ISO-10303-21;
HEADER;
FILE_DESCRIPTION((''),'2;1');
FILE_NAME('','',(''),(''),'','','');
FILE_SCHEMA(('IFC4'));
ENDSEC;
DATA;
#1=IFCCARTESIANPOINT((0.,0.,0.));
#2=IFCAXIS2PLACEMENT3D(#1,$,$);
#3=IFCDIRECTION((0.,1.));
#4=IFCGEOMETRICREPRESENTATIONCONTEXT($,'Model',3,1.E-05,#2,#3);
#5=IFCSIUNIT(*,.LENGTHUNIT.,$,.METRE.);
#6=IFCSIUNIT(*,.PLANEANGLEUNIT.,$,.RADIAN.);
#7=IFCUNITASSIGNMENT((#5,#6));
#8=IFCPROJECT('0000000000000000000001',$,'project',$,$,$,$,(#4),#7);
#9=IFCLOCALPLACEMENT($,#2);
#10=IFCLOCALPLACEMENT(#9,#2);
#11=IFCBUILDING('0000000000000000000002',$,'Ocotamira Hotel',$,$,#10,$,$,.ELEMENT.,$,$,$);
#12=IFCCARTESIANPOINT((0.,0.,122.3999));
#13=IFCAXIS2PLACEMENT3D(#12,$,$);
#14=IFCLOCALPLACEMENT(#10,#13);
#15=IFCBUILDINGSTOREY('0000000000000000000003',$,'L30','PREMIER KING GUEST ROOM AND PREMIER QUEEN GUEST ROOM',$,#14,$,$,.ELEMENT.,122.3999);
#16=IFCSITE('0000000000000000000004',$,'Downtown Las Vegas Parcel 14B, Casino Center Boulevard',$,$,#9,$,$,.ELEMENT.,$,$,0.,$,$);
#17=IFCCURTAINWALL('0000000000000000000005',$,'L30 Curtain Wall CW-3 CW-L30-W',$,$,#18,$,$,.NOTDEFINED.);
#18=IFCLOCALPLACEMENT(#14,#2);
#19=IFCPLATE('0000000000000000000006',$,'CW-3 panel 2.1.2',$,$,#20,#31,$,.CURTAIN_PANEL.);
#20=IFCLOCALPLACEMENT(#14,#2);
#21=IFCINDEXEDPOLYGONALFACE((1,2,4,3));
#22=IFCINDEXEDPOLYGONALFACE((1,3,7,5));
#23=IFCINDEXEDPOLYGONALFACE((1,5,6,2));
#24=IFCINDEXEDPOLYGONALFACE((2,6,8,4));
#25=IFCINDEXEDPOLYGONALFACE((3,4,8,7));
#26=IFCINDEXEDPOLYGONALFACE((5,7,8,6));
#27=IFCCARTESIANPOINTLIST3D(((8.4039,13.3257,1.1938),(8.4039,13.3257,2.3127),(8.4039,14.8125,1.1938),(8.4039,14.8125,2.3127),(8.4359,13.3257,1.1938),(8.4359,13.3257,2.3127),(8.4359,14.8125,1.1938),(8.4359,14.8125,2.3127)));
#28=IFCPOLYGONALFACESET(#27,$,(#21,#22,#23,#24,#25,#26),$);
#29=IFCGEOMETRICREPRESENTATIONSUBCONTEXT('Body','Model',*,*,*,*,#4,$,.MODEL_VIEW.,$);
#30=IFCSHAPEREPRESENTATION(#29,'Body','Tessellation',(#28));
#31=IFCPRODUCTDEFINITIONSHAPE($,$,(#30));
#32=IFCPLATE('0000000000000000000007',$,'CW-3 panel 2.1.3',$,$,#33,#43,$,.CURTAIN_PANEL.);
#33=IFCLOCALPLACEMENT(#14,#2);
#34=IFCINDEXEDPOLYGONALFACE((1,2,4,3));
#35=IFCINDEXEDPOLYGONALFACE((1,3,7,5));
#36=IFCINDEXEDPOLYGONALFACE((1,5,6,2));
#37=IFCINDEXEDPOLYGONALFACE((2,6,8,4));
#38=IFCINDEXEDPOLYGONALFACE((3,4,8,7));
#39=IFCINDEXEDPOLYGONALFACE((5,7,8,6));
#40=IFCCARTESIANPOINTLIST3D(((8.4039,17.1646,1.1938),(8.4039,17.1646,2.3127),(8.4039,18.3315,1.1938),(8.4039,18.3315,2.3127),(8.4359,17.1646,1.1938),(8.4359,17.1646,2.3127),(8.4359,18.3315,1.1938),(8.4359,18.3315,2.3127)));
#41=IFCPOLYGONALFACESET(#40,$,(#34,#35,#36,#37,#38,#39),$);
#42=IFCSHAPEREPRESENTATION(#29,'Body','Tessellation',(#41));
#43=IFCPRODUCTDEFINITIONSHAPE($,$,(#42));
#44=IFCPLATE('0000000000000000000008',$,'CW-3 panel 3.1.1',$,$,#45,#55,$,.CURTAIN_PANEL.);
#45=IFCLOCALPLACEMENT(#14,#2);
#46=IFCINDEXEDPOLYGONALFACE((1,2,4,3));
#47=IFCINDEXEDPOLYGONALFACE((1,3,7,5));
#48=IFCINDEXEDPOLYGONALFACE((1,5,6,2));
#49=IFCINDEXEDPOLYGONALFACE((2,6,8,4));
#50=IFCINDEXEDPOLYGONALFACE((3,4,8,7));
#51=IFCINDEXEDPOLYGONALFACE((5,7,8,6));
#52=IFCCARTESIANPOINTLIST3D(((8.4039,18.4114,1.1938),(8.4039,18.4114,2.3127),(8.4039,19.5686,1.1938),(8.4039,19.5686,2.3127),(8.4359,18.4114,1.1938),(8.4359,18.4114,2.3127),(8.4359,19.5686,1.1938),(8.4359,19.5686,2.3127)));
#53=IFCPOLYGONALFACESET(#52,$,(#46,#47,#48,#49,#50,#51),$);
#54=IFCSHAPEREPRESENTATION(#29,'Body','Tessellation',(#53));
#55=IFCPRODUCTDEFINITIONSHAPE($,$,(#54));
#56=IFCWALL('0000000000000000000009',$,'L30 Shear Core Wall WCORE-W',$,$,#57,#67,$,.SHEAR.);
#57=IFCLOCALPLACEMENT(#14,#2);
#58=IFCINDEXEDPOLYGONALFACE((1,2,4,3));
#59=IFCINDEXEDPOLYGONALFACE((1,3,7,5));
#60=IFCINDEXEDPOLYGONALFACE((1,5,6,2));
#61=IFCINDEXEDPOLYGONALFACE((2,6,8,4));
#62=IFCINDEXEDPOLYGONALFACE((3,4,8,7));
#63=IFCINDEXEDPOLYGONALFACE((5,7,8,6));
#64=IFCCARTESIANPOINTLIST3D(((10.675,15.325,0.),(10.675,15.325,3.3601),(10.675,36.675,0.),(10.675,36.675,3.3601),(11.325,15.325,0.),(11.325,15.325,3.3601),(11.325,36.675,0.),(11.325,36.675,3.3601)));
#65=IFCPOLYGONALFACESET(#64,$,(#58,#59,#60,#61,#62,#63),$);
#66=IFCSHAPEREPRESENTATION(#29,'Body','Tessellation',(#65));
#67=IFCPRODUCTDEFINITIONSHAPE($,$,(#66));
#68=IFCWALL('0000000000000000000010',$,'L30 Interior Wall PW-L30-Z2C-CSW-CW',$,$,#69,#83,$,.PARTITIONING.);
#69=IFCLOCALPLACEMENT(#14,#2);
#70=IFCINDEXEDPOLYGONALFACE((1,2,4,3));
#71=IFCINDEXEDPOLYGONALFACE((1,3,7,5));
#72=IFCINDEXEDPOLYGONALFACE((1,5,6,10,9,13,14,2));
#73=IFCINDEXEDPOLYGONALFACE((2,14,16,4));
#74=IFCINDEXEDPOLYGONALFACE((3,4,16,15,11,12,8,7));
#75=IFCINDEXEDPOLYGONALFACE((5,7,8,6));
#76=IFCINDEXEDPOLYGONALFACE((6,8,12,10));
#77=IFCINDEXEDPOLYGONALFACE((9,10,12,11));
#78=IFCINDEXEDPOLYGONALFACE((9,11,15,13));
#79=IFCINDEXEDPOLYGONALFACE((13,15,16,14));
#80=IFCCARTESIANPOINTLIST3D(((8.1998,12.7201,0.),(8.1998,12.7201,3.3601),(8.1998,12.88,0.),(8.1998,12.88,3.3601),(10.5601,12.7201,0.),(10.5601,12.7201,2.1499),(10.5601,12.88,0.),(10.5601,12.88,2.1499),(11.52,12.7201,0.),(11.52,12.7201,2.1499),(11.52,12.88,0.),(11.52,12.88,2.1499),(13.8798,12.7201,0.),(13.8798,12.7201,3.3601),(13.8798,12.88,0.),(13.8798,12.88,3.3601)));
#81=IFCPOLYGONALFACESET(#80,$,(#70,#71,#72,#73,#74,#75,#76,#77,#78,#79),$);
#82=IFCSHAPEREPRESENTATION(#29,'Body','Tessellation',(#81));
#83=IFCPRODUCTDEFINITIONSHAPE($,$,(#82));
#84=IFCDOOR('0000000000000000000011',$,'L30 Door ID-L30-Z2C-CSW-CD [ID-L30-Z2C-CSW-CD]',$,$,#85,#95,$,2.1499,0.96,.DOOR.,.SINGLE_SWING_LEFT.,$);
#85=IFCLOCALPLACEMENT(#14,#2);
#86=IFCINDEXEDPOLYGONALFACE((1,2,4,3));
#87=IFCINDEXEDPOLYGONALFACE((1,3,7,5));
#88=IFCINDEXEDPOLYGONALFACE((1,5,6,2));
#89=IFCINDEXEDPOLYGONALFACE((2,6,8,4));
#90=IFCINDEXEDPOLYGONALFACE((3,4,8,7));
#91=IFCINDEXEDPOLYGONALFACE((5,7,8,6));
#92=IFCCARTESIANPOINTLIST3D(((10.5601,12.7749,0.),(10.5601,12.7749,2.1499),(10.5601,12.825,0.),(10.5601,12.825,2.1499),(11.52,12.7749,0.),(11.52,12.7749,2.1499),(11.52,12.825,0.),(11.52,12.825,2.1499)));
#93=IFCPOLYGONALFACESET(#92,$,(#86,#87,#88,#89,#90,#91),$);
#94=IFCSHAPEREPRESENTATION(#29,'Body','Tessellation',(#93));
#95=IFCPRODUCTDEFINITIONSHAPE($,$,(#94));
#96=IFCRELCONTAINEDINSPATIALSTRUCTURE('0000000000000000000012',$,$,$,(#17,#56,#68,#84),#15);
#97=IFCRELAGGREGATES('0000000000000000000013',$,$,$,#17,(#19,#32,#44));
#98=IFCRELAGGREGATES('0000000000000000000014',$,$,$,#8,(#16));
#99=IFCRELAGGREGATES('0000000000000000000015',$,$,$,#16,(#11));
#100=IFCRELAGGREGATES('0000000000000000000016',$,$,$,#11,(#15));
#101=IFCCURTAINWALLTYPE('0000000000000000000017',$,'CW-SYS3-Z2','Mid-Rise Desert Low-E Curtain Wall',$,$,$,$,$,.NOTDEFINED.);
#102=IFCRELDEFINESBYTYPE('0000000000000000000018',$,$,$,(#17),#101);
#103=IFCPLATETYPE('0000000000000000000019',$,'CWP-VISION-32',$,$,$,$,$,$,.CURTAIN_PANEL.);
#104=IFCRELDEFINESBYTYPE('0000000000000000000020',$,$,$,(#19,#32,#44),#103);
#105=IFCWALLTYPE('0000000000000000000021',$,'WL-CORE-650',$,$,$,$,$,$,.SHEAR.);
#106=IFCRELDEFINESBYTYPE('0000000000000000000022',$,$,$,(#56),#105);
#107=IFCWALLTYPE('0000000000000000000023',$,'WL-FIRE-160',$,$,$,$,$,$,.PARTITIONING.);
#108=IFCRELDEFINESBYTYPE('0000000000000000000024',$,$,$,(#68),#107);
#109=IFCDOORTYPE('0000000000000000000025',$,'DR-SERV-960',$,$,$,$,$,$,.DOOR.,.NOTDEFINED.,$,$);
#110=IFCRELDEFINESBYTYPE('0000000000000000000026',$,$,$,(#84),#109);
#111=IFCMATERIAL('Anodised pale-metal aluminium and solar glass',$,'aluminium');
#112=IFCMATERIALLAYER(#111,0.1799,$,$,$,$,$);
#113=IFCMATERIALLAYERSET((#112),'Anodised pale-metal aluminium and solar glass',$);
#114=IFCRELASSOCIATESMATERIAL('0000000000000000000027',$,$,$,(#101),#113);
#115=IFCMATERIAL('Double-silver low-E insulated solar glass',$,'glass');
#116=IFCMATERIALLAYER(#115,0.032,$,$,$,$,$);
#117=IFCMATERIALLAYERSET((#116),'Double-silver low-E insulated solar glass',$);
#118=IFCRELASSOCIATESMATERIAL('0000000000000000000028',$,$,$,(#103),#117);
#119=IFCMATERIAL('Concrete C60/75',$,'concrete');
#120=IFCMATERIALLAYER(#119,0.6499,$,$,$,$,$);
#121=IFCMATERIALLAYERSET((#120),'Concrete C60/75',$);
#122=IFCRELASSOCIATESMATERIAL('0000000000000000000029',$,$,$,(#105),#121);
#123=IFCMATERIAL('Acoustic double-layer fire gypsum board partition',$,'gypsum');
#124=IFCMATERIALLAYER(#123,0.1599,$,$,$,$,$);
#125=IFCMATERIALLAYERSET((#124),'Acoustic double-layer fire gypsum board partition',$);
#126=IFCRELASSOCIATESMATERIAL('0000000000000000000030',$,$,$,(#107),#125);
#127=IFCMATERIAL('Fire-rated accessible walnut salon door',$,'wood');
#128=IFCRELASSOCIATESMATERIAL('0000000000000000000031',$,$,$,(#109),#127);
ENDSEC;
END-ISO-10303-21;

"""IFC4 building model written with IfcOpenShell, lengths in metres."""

from ifc_helpers import new_model, si_unit, direction, frame, frame_2d, origin, origin_2d, place, context, subcontext, project, spatial, rectangle, extrude, source, transform, mapped, material, layer, layer_set, type_object, element, fill, aggregate, save


model = new_model("IFC4")

# Units and contexts
model_context = context("Model", 3, precision=1e-05, world=origin(), true_north=direction((0.0, 1.0)))
body_context = subcontext(model_context, "Body", "Model", "MODEL_VIEW")
ifc_project = project(units=[si_unit("LENGTHUNIT", "METRE"), si_unit("PLANEANGLEUNIT", "RADIAN")], contexts=[model_context])

# Site, building, storey
site_placement = place(None, origin())
site = spatial("IfcSite", under=ifc_project, at=site_placement, Name="Downtown Las Vegas Parcel 14B, Casino Center Boulevard", CompositionType="ELEMENT", RefElevation=0.0)
building_placement = place(site_placement, origin())
building = spatial("IfcBuilding", under=site, at=building_placement, Name="Ocotamira Hotel", CompositionType="ELEMENT")
storey_placement = place(building_placement, frame((0.0, 0.0, 122.3999)))
storey = spatial("IfcBuildingStorey", under=building, at=storey_placement, Name="L30", Description="PREMIER KING GUEST ROOM AND PREMIER QUEEN GUEST ROOM", CompositionType="ELEMENT", Elevation=122.3999)

# Shared definitions
ifc_material_1 = material(Name="Concrete C60/75", Category="concrete")

# Curtain wall
ifc_material_2 = material(Name="Anodised pale-metal aluminium and solar glass", Category="aluminium")
ifc_layer_1 = layer(ifc_material_2, 0.1799)
ifc_layer_set_1 = layer_set([ifc_layer_1], Name="Anodised pale-metal aluminium and solar glass")
curtain_wall_type = type_object("IfcCurtainWallType", Name="CW-SYS3-Z2", Description="Mid-Rise Desert Low-E Curtain Wall", PredefinedType="NOTDEFINED", material=ifc_layer_set_1)
curtain_wall_placement = place(storey_placement, origin())
curtain_wall = element("IfcCurtainWall", 1, at=curtain_wall_placement, inside=storey, type_object=curtain_wall_type, Name="L30 Curtain Wall CW-3 CW-L30-W", PredefinedType="NOTDEFINED")

# Plates
ifc_material_3 = material(Name="Double-silver low-E insulated solar glass", Category="glass")
ifc_layer_2 = layer(ifc_material_3, 0.032)
ifc_layer_set_2 = layer_set([ifc_layer_2], Name="Double-silver low-E insulated solar glass")
plate_type_1 = type_object("IfcPlateType", Name="CWP-VISION-32", PredefinedType="CURTAIN_PANEL", material=ifc_layer_set_2)
shared_shape_1 = source(origin(), body_context, "Body", "SweptSolid", [
    extrude(rectangle(XDim=1.4868, YDim=0.032, at=origin_2d()), origin(), (0.0, 0.0, 1.0), 1.1189),
])
plate_1_placement = place(storey_placement, frame((8.4199, 14.0691, 1.1938), z_axis=(0.0, 0.0, 1.0), x_axis=(0.0, 1.0, 0.0)))
plate_1 = element("IfcPlate", 2, at=plate_1_placement, type_object=plate_type_1, Name="CW-3 panel 2.1.2", PredefinedType="CURTAIN_PANEL", context=body_context, shape_type="MappedRepresentation", body=[
    mapped(shared_shape_1, transform((0.0, 0.0, 0.0), scale=1.0)),
])
shared_shape_2 = source(origin(), body_context, "Body", "SweptSolid", [
    extrude(rectangle(XDim=1.167, YDim=0.032, at=origin_2d()), origin(), (0.0, 0.0, 1.0), 1.1189),
])
plate_2_placement = place(storey_placement, frame((8.4199, 17.748, 1.1938), z_axis=(0.0, 0.0, 1.0), x_axis=(0.0, 1.0, 0.0)))
plate_2 = element("IfcPlate", 3, at=plate_2_placement, type_object=plate_type_1, Name="CW-3 panel 2.1.3", PredefinedType="CURTAIN_PANEL", context=body_context, shape_type="MappedRepresentation", body=[
    mapped(shared_shape_2, transform((0.0, 0.0, 0.0), scale=1.0)),
])
shared_shape_3 = source(origin(), body_context, "Body", "SweptSolid", [
    extrude(rectangle(XDim=1.1572, YDim=0.032, at=origin_2d()), origin(), (0.0, 0.0, 1.0), 1.1189),
])
plate_3_placement = place(storey_placement, frame((8.4199, 18.99, 1.1938), z_axis=(0.0, 0.0, 1.0), x_axis=(0.0, 1.0, 0.0)))
plate_3 = element("IfcPlate", 4, at=plate_3_placement, type_object=plate_type_1, Name="CW-3 panel 3.1.1", PredefinedType="CURTAIN_PANEL", context=body_context, shape_type="MappedRepresentation", body=[
    mapped(shared_shape_3, transform((0.0, 0.0, 0.0), scale=1.0)),
])
aggregate(curtain_wall, [plate_1, plate_2, plate_3])

# Shared definitions
ifc_layer_3 = layer(ifc_material_1, 0.6499)
ifc_layer_set_3 = layer_set([ifc_layer_3], Name="Concrete C60/75")
wall_type_1 = type_object("IfcWallType", Name="WL-CORE-650", PredefinedType="SHEAR", material=ifc_layer_set_3)

# Wall
wall_1_placement = place(storey_placement, frame((11.0, 15.325, 0.0), z_axis=(0.0, 0.0, 1.0), x_axis=(0.0, 1.0, 0.0)))
element("IfcWall", 5, at=wall_1_placement, inside=storey, type_object=wall_type_1, Name="L30 Shear Core Wall WCORE-W", PredefinedType="SHEAR", context=body_context, shape_type="SweptSolid", body=[
    extrude(rectangle(XDim=21.3501, YDim=0.6499, at=frame_2d((10.675, 0.0))), origin(), (0.0, 0.0, 1.0), 3.3601),
])

# Wall, opening, door
ifc_material_4 = material(Name="Acoustic double-layer fire gypsum board partition", Category="gypsum")
ifc_layer_4 = layer(ifc_material_4, 0.1599)
ifc_layer_set_4 = layer_set([ifc_layer_4], Name="Acoustic double-layer fire gypsum board partition")
wall_type_2 = type_object("IfcWallType", Name="WL-FIRE-160", PredefinedType="PARTITIONING", material=ifc_layer_set_4)
wall_2_placement = place(storey_placement, frame((8.2, 12.8, 0.0), z_axis=(0.0, 0.0, 1.0), x_axis=(1.0, 0.0, 0.0)))
wall_2 = element("IfcWall", 6, at=wall_2_placement, inside=storey, type_object=wall_type_2, Name="L30 Interior Wall PW-L30-Z2C-CSW-CW", PredefinedType="PARTITIONING", context=body_context, shape_type="SweptSolid", body=[
    extrude(rectangle(XDim=5.6799, YDim=0.1599, at=frame_2d((2.8398, 0.0))), origin(), (0.0, 0.0, 1.0), 3.3601),
])
opening_1_placement = place(wall_2_placement, frame((2.3601, 0.0, 0.0)))
opening_1 = element("IfcOpeningElement", 7, at=opening_1_placement, cuts=wall_2, PredefinedType="OPENING", context=body_context, shape_type="SweptSolid", body=[
    extrude(rectangle(XDim=0.96, YDim=2.1499, at=frame_2d((0.48, 1.075))), frame((0.0, 0.0898, 0.0), z_axis=(0.0, -1.0, 0.0), x_axis=(1.0, 0.0, 0.0)), (0.0, 0.0, 1.0), 0.1799),
])
ifc_material_5 = material(Name="Fire-rated accessible walnut salon door", Category="wood")
door_type_1 = type_object("IfcDoorType", Name="DR-SERV-960", OperationType="NOTDEFINED", PredefinedType="DOOR", material=ifc_material_5)
shared_shape_4 = source(origin(), body_context, "Body", "SweptSolid", [
    extrude(rectangle(XDim=0.96, YDim=2.1499, at=frame_2d((0.48, 1.075))), frame((0.0, 0.0249, 0.0), z_axis=(0.0, -1.0, 0.0), x_axis=(1.0, 0.0, 0.0)), (0.0, 0.0, 1.0), 0.05),
])
door_1_placement = place(opening_1_placement, origin())
door_1 = element("IfcDoor", 8, at=door_1_placement, inside=storey, type_object=door_type_1, Name="L30 Door ID-L30-Z2C-CSW-CD [ID-L30-Z2C-CSW-CD]", OperationType="SINGLE_SWING_LEFT", OverallHeight=2.1499, OverallWidth=0.96, PredefinedType="DOOR", context=body_context, shape_type="MappedRepresentation", body=[
    mapped(shared_shape_4, transform((0.0, 0.0, 0.0), scale=1.0)),
])
fill(opening_1, door_1)

save(model, "model.ifc")
